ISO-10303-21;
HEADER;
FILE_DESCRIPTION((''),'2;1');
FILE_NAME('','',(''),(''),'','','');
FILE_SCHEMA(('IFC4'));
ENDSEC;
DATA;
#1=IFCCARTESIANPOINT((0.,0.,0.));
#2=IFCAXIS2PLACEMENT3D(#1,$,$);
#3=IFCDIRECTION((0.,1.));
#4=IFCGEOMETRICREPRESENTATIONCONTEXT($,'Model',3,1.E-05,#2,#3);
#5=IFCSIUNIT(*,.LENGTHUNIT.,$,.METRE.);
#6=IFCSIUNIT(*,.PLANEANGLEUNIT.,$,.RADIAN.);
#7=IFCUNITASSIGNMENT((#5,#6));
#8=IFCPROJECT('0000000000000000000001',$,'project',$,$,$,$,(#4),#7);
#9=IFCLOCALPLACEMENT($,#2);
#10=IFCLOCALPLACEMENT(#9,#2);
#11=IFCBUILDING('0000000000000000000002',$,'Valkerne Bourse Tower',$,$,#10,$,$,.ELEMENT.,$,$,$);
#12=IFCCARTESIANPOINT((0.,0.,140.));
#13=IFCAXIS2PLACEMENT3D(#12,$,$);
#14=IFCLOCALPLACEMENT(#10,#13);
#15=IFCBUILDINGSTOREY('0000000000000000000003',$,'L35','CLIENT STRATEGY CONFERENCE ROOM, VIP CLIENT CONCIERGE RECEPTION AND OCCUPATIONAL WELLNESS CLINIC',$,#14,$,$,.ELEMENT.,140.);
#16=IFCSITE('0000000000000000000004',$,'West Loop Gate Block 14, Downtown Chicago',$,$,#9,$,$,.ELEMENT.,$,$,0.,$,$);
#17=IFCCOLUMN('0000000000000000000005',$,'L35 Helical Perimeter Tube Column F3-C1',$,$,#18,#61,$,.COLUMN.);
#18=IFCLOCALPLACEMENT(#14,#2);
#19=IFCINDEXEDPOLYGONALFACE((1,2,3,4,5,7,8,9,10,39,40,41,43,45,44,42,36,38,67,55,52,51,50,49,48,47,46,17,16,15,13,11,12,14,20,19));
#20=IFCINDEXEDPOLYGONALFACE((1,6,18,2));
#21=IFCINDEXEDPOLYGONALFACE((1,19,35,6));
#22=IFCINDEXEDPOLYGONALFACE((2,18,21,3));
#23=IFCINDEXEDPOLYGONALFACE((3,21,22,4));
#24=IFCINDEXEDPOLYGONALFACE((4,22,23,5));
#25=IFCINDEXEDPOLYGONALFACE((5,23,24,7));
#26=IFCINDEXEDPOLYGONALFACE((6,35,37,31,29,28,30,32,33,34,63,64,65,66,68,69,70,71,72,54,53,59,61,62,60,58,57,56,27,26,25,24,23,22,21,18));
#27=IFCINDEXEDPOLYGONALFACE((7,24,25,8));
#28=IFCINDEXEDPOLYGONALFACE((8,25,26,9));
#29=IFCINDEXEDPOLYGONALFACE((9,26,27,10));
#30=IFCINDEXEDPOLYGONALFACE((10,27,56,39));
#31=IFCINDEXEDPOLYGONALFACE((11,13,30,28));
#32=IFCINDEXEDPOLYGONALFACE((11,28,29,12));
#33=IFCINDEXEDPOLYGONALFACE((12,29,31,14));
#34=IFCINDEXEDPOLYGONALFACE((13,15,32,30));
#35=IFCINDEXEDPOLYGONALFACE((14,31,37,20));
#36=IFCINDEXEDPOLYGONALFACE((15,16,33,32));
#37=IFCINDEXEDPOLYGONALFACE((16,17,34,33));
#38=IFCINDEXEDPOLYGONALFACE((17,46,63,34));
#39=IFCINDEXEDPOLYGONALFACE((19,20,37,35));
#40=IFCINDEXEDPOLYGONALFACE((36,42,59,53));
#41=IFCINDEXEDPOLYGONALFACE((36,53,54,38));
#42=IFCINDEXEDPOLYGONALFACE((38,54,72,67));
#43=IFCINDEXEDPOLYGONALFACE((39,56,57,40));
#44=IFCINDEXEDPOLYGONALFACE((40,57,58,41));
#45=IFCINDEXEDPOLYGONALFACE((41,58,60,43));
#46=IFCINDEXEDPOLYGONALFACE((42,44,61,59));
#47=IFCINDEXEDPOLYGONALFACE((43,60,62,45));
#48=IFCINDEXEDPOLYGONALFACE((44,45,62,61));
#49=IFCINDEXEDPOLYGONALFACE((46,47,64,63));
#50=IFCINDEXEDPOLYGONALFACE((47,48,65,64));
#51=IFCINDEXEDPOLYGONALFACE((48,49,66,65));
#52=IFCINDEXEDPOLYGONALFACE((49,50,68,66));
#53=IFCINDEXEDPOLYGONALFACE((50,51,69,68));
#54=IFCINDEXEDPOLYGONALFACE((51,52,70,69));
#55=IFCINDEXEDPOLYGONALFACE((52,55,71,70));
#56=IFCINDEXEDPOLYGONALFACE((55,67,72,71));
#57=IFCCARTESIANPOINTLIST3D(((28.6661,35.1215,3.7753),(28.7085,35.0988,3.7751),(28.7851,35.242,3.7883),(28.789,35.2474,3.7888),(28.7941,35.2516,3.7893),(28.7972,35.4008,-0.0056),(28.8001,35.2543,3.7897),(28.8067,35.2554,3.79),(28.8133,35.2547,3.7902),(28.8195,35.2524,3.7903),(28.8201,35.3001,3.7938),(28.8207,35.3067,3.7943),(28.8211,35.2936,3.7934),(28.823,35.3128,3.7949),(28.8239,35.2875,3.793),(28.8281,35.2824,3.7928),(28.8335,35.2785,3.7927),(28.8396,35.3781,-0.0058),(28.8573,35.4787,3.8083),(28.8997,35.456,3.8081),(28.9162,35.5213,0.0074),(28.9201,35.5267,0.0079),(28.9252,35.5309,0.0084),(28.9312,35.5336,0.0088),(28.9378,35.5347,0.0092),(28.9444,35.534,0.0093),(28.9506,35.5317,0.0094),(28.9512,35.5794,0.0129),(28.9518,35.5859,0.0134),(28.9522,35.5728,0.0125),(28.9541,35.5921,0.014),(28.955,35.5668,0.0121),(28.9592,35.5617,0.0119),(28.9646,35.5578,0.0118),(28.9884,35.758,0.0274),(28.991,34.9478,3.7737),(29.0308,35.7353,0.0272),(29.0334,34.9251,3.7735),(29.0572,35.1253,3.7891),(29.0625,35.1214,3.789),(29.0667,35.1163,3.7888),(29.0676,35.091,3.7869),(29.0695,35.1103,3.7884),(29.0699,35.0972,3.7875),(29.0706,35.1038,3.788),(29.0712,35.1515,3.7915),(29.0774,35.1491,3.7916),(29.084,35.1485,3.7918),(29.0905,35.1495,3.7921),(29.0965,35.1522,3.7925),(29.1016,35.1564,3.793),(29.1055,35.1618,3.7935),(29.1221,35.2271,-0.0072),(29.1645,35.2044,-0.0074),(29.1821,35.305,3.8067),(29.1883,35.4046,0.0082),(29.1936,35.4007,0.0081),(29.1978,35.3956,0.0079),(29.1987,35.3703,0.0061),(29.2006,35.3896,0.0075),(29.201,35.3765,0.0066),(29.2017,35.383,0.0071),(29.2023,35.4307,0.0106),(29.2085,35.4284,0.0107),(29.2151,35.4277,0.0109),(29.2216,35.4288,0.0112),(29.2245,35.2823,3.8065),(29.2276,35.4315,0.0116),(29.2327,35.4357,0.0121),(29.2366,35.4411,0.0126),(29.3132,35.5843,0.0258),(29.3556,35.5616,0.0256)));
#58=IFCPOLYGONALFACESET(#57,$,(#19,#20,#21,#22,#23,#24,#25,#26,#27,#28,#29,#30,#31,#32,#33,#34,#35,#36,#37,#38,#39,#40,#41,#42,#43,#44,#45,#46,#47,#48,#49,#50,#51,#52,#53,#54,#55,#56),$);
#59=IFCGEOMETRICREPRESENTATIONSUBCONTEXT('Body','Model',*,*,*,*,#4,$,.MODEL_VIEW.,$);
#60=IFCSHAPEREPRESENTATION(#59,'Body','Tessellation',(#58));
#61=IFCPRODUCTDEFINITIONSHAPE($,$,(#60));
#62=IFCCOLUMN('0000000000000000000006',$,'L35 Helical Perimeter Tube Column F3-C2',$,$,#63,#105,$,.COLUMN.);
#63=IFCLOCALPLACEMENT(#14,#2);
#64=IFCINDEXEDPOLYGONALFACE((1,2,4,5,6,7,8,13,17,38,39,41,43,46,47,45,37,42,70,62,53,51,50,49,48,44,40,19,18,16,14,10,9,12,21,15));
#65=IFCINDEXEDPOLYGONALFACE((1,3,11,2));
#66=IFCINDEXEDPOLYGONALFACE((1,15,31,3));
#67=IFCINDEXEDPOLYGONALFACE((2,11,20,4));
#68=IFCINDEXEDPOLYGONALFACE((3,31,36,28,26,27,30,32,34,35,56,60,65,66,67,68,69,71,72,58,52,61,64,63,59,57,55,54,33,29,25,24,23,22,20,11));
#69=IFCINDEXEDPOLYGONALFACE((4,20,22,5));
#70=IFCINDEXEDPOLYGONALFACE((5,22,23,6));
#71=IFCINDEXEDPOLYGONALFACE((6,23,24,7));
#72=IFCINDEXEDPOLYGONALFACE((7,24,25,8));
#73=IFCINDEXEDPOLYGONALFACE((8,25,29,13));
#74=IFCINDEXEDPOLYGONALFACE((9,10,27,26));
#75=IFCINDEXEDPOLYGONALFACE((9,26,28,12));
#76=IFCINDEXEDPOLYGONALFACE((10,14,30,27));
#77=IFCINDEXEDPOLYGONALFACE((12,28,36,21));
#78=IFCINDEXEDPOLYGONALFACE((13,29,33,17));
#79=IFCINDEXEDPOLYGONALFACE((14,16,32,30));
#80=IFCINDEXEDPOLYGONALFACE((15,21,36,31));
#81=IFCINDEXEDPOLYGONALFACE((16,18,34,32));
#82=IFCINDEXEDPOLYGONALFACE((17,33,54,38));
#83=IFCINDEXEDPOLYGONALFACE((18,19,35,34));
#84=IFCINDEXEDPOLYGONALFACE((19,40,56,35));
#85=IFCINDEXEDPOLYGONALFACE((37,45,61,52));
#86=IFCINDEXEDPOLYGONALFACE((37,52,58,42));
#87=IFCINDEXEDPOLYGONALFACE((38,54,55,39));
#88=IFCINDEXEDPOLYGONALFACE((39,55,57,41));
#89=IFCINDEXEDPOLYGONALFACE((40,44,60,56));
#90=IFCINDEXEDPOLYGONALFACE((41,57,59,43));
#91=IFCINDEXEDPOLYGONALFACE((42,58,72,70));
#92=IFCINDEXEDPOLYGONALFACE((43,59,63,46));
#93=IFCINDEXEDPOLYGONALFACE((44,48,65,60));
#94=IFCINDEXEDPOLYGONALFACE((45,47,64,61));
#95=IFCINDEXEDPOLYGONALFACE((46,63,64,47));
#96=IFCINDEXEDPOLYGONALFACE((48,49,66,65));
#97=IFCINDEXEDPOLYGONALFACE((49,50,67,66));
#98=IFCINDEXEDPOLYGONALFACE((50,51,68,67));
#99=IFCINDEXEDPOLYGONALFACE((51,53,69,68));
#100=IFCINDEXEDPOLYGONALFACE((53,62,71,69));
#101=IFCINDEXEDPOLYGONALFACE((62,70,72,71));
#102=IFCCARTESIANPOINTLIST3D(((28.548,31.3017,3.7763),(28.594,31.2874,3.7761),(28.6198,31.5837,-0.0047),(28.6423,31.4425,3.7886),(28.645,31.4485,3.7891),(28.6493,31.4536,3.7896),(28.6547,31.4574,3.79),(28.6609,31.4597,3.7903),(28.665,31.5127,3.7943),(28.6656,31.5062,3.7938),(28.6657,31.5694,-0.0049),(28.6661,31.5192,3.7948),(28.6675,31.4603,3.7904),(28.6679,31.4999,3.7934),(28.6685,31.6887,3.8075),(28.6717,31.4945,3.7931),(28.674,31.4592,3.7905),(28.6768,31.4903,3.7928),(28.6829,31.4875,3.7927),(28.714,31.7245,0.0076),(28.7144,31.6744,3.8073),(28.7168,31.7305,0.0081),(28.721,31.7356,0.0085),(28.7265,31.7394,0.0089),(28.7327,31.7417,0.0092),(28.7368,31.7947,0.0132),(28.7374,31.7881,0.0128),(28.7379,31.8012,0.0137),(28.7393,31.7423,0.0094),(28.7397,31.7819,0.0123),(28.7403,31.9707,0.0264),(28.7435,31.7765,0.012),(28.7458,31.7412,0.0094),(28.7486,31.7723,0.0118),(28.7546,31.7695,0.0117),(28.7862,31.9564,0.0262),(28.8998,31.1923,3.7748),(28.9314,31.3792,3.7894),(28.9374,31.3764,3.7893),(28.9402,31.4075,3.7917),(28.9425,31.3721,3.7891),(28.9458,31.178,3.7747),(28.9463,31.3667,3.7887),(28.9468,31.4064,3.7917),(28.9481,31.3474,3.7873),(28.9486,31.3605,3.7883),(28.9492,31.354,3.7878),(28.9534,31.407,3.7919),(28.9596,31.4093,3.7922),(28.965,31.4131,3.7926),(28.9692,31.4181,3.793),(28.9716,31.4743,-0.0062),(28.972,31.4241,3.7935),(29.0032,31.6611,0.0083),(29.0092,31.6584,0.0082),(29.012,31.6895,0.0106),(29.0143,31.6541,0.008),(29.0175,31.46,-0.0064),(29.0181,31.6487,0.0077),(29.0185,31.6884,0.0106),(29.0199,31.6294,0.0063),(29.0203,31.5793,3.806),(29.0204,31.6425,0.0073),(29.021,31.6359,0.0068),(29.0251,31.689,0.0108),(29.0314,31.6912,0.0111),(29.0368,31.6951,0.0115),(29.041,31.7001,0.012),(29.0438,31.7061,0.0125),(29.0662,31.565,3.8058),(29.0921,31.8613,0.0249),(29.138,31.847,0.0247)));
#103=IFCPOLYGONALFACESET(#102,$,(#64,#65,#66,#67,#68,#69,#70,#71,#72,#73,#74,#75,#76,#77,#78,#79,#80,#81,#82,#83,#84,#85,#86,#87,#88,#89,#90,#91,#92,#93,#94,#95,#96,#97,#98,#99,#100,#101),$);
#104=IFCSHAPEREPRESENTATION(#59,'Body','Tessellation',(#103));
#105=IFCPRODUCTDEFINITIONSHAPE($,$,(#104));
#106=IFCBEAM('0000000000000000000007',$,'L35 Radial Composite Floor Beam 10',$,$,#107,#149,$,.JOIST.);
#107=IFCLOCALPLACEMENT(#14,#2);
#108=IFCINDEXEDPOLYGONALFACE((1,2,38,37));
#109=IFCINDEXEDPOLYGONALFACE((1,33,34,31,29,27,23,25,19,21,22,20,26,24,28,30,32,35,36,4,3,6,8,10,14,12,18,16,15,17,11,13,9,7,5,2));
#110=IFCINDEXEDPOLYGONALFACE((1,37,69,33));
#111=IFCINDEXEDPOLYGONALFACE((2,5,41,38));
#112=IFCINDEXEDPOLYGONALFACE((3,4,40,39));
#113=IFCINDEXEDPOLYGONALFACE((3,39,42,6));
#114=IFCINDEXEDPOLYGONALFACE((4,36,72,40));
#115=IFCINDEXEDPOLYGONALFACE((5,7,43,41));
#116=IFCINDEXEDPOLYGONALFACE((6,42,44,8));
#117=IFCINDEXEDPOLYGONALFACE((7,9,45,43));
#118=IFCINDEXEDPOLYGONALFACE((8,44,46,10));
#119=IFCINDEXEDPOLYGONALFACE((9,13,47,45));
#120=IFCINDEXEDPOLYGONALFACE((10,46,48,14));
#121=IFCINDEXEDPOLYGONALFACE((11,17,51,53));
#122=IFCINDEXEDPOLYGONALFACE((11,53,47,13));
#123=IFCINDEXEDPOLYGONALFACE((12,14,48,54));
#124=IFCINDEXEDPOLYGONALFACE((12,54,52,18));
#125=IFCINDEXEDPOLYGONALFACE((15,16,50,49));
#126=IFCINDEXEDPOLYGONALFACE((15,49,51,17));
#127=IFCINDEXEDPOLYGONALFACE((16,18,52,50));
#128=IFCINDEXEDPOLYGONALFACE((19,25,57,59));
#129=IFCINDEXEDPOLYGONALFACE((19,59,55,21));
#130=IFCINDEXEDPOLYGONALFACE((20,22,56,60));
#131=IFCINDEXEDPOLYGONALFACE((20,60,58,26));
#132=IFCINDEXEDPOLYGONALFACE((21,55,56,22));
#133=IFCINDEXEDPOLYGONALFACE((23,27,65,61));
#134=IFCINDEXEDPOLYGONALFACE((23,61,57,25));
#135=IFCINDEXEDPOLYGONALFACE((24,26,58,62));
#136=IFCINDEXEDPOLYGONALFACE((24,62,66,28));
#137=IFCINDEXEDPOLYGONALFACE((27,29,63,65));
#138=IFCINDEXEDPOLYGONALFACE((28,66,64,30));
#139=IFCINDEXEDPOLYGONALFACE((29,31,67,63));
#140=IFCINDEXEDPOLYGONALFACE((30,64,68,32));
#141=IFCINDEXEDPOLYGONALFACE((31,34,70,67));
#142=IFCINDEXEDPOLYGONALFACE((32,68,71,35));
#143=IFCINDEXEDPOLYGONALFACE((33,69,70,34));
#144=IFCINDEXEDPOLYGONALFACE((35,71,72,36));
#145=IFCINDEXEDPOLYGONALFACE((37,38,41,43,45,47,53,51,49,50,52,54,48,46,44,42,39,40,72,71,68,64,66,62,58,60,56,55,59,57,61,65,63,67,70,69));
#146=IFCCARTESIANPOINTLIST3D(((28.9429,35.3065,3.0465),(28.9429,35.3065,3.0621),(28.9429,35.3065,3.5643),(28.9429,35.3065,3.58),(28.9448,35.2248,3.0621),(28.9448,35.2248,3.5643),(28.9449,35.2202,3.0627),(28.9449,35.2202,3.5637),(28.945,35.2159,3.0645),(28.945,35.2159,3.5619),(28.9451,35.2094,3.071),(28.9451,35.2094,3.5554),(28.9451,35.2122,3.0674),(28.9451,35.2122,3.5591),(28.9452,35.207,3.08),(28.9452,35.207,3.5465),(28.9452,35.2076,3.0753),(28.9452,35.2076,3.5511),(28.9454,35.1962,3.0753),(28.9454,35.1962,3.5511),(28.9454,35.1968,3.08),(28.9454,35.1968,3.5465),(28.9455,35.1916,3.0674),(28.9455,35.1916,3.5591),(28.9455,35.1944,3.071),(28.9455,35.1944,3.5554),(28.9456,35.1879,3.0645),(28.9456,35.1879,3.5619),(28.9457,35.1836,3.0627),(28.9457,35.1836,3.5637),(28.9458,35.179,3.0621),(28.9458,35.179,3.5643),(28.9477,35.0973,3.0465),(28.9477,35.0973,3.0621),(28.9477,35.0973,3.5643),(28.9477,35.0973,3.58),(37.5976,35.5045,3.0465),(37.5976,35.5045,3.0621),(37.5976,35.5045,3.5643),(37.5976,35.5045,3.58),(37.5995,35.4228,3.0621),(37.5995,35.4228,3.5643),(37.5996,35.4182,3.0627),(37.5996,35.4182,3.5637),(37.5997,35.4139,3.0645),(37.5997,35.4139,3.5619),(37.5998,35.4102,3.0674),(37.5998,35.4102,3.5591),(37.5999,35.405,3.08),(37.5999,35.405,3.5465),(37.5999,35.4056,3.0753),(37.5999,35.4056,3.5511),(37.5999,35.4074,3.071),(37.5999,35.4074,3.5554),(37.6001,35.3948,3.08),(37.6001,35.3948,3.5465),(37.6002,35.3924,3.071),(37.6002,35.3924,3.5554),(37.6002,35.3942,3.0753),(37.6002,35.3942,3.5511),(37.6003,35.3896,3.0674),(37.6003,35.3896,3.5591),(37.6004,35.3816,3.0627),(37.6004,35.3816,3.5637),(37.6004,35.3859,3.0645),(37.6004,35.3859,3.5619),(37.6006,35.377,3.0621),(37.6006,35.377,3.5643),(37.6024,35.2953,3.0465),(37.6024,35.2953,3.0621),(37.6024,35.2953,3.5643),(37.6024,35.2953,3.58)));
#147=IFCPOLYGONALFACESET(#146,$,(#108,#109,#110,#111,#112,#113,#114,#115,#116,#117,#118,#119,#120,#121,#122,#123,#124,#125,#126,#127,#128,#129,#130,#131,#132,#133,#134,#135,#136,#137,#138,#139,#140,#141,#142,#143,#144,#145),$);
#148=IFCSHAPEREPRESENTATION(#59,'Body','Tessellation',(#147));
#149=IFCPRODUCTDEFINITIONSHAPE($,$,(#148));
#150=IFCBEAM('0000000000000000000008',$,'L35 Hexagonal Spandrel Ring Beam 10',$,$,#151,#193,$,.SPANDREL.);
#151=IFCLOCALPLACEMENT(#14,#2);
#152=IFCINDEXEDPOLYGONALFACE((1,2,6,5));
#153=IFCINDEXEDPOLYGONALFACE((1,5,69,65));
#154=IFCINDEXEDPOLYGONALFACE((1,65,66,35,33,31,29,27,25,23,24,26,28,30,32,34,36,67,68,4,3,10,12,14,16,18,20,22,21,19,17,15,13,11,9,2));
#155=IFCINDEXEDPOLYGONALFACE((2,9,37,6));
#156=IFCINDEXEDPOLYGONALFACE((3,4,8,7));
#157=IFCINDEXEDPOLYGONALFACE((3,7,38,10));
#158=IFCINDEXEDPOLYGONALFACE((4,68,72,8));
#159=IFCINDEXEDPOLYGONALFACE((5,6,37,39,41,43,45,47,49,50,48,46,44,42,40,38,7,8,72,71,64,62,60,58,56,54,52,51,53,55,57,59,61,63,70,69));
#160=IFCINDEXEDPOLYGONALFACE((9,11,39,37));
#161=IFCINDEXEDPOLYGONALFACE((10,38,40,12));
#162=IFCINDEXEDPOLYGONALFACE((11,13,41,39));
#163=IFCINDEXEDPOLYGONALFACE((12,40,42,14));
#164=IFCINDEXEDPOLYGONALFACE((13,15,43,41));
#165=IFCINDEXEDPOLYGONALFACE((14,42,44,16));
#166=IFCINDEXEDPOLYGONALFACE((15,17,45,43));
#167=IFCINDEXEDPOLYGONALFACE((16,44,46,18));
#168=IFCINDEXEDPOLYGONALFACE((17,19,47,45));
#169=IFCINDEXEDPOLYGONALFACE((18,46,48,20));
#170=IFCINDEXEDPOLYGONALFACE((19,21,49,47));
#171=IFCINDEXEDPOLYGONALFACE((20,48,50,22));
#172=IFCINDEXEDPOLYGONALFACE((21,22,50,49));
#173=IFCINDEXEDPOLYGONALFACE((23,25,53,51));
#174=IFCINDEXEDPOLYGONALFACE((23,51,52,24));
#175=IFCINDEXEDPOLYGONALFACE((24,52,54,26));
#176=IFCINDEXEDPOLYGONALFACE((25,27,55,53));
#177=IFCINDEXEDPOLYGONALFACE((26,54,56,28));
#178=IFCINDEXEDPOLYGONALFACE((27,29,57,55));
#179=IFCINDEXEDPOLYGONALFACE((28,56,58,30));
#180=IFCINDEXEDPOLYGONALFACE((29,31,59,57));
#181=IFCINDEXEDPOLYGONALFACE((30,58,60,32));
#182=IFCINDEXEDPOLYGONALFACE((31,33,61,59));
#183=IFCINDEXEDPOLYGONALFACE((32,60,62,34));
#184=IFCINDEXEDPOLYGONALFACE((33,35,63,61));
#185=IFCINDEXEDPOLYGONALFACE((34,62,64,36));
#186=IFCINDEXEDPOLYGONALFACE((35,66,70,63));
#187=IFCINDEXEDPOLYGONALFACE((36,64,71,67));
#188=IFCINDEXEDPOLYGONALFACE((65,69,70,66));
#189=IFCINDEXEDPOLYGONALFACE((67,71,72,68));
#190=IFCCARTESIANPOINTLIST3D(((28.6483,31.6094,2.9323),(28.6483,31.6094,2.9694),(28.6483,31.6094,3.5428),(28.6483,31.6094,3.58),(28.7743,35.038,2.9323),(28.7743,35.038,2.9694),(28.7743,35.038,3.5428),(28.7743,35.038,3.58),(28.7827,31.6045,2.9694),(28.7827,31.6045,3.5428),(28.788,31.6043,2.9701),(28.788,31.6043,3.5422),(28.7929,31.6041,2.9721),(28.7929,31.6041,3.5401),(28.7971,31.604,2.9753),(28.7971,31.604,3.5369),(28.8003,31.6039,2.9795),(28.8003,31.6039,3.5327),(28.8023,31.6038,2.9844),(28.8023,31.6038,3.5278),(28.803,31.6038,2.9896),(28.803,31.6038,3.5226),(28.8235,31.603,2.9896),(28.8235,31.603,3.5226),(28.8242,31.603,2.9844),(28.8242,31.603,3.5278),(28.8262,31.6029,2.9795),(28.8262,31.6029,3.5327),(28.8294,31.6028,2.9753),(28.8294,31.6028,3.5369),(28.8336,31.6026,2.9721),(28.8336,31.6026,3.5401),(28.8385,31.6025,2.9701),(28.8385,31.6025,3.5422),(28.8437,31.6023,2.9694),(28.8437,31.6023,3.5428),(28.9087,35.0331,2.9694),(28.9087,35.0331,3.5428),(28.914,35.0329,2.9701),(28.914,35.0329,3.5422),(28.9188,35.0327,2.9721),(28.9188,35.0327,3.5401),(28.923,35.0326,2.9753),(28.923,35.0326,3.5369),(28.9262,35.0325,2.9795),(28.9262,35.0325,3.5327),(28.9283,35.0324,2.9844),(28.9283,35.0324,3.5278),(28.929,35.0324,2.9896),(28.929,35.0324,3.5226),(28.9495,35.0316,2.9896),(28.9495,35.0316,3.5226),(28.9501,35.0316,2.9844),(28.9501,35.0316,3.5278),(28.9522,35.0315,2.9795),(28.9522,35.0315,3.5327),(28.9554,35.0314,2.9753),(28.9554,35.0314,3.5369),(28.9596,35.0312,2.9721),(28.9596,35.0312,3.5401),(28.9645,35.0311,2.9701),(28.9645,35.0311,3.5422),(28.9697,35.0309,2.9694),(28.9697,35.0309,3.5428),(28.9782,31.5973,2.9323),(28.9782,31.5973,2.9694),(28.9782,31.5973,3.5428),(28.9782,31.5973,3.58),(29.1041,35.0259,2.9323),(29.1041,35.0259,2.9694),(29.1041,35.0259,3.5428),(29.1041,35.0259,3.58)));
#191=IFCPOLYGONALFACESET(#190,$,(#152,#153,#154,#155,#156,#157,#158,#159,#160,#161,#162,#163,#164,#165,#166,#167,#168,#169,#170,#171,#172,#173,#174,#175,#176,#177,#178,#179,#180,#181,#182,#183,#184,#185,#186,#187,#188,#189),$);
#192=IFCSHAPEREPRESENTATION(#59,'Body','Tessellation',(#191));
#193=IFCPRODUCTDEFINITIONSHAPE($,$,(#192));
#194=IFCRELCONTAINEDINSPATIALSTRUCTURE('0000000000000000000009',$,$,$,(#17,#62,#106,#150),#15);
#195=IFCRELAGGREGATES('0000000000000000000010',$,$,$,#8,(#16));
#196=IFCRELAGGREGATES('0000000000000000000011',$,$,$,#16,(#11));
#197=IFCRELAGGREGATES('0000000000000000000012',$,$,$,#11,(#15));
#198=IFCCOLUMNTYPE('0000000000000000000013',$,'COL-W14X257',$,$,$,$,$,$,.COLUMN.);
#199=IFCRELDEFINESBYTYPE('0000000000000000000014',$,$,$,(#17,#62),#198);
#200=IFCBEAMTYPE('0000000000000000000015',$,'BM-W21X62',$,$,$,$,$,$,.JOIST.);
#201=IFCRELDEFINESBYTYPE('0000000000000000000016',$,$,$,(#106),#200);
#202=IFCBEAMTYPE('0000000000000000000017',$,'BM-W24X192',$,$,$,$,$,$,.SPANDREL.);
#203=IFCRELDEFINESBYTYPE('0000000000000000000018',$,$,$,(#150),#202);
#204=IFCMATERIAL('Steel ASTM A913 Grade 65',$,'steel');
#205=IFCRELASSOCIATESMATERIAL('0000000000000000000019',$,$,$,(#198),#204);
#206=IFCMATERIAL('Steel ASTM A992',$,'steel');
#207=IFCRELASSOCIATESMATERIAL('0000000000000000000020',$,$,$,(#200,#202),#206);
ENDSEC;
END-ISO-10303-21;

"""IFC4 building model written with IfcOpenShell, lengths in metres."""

from ifc_helpers import new_model, si_unit, direction, frame, origin, origin_2d, place, context, subcontext, project, spatial, i_section, extrude, material, material_profile, profile_set, type_object, element, save


model = new_model("IFC4")

# Units and contexts
model_context = context("Model", 3, precision=1e-05, world=origin(), true_north=direction((0.0, 1.0)))
body_context = subcontext(model_context, "Body", "Model", "MODEL_VIEW")
ifc_project = project(units=[si_unit("LENGTHUNIT", "METRE"), si_unit("PLANEANGLEUNIT", "RADIAN")], contexts=[model_context])

# Site, building, storey
site_placement = place(None, origin())
site = spatial("IfcSite", under=ifc_project, at=site_placement, Name="West Loop Gate Block 14, Downtown Chicago", CompositionType="ELEMENT", RefElevation=0.0)
building_placement = place(site_placement, origin())
building = spatial("IfcBuilding", under=site, at=building_placement, Name="Valkerne Bourse Tower", CompositionType="ELEMENT")
storey_placement = place(building_placement, frame((0.0, 0.0, 140.0)))
storey = spatial("IfcBuildingStorey", under=building, at=storey_placement, Name="L35", Description="CLIENT STRATEGY CONFERENCE ROOM, VIP CLIENT CONCIERGE RECEPTION AND OCCUPATIONAL WELLNESS CLINIC", CompositionType="ELEMENT", Elevation=140.0)

# Columns
ifc_material_1 = material(Name="Steel ASTM A913 Grade 65", Category="steel")
ifc_material_profile_1 = material_profile(ifc_material_1, i_section(OverallWidth=0.4065, OverallDepth=0.4165, WebThickness=0.0298, FlangeThickness=0.0481, FilletRadius=0.0254, at=origin_2d()), Name="W14X257")
ifc_profile_set_1 = profile_set([ifc_material_profile_1], Name="Steel ASTM A913 Grade 65")
column_type = type_object("IfcColumnType", Name="COL-W14X257", PredefinedType="COLUMN", material=ifc_profile_set_1)
column_1_placement = place(storey_placement, frame((29.0764, 35.4812, 0.01), z_axis=(-0.034559, -0.073624, 0.996687), x_axis=(-0.470308, -0.878757, -0.08122)))
element("IfcColumn", 1, at=column_1_placement, inside=storey, type_object=column_type, Name="L35 Helical Perimeter Tube Column F3-C1", PredefinedType="COLUMN", context=body_context, shape_type="SweptSolid", body=[
    extrude(i_section(OverallWidth=0.4065, OverallDepth=0.4165, WebThickness=0.0298, FlangeThickness=0.0481, FilletRadius=0.0254, at=origin_2d()), origin(), (0.0, 0.0, 1.0), 3.7935),
])
column_2_placement = place(storey_placement, frame((28.8789, 31.7153, 0.01), z_axis=(-0.018928, -0.074359, 0.997052), x_axis=(-0.296334, -0.952006, -0.076625)))
element("IfcColumn", 2, at=column_2_placement, inside=storey, type_object=column_type, Name="L35 Helical Perimeter Tube Column F3-C2", PredefinedType="COLUMN", context=body_context, shape_type="SweptSolid", body=[
    extrude(i_section(OverallWidth=0.4065, OverallDepth=0.4165, WebThickness=0.0298, FlangeThickness=0.0481, FilletRadius=0.0254, at=origin_2d()), origin(), (0.0, 0.0, 1.0), 3.7922),
])

# Beams
ifc_material_2 = material(Name="Steel ASTM A992", Category="steel")
ifc_material_profile_2 = material_profile(ifc_material_2, i_section(OverallWidth=0.2092, OverallDepth=0.5334, WebThickness=0.0103, FlangeThickness=0.0156, FilletRadius=0.0178, at=origin_2d()), Name="W21X62")
ifc_profile_set_2 = profile_set([ifc_material_profile_2], Name="Steel ASTM A992")
beam_type_1 = type_object("IfcBeamType", Name="BM-W21X62", PredefinedType="JOIST", material=ifc_profile_set_2)
beam_placement = place(storey_placement, frame((28.9453, 35.2019, 3.3132), z_axis=(0.999738, 0.022871, 0.0), x_axis=(-0.022871, 0.999738, 0.0)))
element("IfcBeam", 3, at=beam_placement, inside=storey, type_object=beam_type_1, Name="L35 Radial Composite Floor Beam 10", PredefinedType="JOIST", context=body_context, shape_type="SweptSolid", body=[
    extrude(i_section(OverallWidth=0.2092, OverallDepth=0.5334, WebThickness=0.0103, FlangeThickness=0.0156, FilletRadius=0.0178, at=origin_2d()), origin(), (0.0, 0.0, 1.0), 8.657),
])
ifc_material_profile_3 = material_profile(ifc_material_2, i_section(OverallWidth=0.3301, OverallDepth=0.6477, WebThickness=0.0205, FlangeThickness=0.0371, FilletRadius=0.0203, at=origin_2d()), Name="W24X192")
ifc_profile_set_3 = profile_set([ifc_material_profile_3], Name="Steel ASTM A992")
beam_type_2 = type_object("IfcBeamType", Name="BM-W24X192", PredefinedType="SPANDREL", material=ifc_profile_set_3)
for number, where, z_axis, x_axis, name in (
    (4, (28.9392, 35.032, 3.2561), (-0.036717, -0.999326, 0.0), (0.999326, -0.036717, 0.0), "L35 Hexagonal Spandrel Ring Beam 10"),
):
    element("IfcBeam", number, at=place(storey_placement, frame(where, z_axis=z_axis, x_axis=x_axis)), inside=storey, type_object=beam_type_2, Name=name, PredefinedType="SPANDREL", context=body_context, shape_type="SweptSolid", body=[
        extrude(i_section(OverallWidth=0.3301, OverallDepth=0.6477, WebThickness=0.0205, FlangeThickness=0.0371, FilletRadius=0.0203, at=origin_2d()), origin(), (0.0, 0.0, 1.0), 3.4309),
    ])

save(model, "model.ifc")
